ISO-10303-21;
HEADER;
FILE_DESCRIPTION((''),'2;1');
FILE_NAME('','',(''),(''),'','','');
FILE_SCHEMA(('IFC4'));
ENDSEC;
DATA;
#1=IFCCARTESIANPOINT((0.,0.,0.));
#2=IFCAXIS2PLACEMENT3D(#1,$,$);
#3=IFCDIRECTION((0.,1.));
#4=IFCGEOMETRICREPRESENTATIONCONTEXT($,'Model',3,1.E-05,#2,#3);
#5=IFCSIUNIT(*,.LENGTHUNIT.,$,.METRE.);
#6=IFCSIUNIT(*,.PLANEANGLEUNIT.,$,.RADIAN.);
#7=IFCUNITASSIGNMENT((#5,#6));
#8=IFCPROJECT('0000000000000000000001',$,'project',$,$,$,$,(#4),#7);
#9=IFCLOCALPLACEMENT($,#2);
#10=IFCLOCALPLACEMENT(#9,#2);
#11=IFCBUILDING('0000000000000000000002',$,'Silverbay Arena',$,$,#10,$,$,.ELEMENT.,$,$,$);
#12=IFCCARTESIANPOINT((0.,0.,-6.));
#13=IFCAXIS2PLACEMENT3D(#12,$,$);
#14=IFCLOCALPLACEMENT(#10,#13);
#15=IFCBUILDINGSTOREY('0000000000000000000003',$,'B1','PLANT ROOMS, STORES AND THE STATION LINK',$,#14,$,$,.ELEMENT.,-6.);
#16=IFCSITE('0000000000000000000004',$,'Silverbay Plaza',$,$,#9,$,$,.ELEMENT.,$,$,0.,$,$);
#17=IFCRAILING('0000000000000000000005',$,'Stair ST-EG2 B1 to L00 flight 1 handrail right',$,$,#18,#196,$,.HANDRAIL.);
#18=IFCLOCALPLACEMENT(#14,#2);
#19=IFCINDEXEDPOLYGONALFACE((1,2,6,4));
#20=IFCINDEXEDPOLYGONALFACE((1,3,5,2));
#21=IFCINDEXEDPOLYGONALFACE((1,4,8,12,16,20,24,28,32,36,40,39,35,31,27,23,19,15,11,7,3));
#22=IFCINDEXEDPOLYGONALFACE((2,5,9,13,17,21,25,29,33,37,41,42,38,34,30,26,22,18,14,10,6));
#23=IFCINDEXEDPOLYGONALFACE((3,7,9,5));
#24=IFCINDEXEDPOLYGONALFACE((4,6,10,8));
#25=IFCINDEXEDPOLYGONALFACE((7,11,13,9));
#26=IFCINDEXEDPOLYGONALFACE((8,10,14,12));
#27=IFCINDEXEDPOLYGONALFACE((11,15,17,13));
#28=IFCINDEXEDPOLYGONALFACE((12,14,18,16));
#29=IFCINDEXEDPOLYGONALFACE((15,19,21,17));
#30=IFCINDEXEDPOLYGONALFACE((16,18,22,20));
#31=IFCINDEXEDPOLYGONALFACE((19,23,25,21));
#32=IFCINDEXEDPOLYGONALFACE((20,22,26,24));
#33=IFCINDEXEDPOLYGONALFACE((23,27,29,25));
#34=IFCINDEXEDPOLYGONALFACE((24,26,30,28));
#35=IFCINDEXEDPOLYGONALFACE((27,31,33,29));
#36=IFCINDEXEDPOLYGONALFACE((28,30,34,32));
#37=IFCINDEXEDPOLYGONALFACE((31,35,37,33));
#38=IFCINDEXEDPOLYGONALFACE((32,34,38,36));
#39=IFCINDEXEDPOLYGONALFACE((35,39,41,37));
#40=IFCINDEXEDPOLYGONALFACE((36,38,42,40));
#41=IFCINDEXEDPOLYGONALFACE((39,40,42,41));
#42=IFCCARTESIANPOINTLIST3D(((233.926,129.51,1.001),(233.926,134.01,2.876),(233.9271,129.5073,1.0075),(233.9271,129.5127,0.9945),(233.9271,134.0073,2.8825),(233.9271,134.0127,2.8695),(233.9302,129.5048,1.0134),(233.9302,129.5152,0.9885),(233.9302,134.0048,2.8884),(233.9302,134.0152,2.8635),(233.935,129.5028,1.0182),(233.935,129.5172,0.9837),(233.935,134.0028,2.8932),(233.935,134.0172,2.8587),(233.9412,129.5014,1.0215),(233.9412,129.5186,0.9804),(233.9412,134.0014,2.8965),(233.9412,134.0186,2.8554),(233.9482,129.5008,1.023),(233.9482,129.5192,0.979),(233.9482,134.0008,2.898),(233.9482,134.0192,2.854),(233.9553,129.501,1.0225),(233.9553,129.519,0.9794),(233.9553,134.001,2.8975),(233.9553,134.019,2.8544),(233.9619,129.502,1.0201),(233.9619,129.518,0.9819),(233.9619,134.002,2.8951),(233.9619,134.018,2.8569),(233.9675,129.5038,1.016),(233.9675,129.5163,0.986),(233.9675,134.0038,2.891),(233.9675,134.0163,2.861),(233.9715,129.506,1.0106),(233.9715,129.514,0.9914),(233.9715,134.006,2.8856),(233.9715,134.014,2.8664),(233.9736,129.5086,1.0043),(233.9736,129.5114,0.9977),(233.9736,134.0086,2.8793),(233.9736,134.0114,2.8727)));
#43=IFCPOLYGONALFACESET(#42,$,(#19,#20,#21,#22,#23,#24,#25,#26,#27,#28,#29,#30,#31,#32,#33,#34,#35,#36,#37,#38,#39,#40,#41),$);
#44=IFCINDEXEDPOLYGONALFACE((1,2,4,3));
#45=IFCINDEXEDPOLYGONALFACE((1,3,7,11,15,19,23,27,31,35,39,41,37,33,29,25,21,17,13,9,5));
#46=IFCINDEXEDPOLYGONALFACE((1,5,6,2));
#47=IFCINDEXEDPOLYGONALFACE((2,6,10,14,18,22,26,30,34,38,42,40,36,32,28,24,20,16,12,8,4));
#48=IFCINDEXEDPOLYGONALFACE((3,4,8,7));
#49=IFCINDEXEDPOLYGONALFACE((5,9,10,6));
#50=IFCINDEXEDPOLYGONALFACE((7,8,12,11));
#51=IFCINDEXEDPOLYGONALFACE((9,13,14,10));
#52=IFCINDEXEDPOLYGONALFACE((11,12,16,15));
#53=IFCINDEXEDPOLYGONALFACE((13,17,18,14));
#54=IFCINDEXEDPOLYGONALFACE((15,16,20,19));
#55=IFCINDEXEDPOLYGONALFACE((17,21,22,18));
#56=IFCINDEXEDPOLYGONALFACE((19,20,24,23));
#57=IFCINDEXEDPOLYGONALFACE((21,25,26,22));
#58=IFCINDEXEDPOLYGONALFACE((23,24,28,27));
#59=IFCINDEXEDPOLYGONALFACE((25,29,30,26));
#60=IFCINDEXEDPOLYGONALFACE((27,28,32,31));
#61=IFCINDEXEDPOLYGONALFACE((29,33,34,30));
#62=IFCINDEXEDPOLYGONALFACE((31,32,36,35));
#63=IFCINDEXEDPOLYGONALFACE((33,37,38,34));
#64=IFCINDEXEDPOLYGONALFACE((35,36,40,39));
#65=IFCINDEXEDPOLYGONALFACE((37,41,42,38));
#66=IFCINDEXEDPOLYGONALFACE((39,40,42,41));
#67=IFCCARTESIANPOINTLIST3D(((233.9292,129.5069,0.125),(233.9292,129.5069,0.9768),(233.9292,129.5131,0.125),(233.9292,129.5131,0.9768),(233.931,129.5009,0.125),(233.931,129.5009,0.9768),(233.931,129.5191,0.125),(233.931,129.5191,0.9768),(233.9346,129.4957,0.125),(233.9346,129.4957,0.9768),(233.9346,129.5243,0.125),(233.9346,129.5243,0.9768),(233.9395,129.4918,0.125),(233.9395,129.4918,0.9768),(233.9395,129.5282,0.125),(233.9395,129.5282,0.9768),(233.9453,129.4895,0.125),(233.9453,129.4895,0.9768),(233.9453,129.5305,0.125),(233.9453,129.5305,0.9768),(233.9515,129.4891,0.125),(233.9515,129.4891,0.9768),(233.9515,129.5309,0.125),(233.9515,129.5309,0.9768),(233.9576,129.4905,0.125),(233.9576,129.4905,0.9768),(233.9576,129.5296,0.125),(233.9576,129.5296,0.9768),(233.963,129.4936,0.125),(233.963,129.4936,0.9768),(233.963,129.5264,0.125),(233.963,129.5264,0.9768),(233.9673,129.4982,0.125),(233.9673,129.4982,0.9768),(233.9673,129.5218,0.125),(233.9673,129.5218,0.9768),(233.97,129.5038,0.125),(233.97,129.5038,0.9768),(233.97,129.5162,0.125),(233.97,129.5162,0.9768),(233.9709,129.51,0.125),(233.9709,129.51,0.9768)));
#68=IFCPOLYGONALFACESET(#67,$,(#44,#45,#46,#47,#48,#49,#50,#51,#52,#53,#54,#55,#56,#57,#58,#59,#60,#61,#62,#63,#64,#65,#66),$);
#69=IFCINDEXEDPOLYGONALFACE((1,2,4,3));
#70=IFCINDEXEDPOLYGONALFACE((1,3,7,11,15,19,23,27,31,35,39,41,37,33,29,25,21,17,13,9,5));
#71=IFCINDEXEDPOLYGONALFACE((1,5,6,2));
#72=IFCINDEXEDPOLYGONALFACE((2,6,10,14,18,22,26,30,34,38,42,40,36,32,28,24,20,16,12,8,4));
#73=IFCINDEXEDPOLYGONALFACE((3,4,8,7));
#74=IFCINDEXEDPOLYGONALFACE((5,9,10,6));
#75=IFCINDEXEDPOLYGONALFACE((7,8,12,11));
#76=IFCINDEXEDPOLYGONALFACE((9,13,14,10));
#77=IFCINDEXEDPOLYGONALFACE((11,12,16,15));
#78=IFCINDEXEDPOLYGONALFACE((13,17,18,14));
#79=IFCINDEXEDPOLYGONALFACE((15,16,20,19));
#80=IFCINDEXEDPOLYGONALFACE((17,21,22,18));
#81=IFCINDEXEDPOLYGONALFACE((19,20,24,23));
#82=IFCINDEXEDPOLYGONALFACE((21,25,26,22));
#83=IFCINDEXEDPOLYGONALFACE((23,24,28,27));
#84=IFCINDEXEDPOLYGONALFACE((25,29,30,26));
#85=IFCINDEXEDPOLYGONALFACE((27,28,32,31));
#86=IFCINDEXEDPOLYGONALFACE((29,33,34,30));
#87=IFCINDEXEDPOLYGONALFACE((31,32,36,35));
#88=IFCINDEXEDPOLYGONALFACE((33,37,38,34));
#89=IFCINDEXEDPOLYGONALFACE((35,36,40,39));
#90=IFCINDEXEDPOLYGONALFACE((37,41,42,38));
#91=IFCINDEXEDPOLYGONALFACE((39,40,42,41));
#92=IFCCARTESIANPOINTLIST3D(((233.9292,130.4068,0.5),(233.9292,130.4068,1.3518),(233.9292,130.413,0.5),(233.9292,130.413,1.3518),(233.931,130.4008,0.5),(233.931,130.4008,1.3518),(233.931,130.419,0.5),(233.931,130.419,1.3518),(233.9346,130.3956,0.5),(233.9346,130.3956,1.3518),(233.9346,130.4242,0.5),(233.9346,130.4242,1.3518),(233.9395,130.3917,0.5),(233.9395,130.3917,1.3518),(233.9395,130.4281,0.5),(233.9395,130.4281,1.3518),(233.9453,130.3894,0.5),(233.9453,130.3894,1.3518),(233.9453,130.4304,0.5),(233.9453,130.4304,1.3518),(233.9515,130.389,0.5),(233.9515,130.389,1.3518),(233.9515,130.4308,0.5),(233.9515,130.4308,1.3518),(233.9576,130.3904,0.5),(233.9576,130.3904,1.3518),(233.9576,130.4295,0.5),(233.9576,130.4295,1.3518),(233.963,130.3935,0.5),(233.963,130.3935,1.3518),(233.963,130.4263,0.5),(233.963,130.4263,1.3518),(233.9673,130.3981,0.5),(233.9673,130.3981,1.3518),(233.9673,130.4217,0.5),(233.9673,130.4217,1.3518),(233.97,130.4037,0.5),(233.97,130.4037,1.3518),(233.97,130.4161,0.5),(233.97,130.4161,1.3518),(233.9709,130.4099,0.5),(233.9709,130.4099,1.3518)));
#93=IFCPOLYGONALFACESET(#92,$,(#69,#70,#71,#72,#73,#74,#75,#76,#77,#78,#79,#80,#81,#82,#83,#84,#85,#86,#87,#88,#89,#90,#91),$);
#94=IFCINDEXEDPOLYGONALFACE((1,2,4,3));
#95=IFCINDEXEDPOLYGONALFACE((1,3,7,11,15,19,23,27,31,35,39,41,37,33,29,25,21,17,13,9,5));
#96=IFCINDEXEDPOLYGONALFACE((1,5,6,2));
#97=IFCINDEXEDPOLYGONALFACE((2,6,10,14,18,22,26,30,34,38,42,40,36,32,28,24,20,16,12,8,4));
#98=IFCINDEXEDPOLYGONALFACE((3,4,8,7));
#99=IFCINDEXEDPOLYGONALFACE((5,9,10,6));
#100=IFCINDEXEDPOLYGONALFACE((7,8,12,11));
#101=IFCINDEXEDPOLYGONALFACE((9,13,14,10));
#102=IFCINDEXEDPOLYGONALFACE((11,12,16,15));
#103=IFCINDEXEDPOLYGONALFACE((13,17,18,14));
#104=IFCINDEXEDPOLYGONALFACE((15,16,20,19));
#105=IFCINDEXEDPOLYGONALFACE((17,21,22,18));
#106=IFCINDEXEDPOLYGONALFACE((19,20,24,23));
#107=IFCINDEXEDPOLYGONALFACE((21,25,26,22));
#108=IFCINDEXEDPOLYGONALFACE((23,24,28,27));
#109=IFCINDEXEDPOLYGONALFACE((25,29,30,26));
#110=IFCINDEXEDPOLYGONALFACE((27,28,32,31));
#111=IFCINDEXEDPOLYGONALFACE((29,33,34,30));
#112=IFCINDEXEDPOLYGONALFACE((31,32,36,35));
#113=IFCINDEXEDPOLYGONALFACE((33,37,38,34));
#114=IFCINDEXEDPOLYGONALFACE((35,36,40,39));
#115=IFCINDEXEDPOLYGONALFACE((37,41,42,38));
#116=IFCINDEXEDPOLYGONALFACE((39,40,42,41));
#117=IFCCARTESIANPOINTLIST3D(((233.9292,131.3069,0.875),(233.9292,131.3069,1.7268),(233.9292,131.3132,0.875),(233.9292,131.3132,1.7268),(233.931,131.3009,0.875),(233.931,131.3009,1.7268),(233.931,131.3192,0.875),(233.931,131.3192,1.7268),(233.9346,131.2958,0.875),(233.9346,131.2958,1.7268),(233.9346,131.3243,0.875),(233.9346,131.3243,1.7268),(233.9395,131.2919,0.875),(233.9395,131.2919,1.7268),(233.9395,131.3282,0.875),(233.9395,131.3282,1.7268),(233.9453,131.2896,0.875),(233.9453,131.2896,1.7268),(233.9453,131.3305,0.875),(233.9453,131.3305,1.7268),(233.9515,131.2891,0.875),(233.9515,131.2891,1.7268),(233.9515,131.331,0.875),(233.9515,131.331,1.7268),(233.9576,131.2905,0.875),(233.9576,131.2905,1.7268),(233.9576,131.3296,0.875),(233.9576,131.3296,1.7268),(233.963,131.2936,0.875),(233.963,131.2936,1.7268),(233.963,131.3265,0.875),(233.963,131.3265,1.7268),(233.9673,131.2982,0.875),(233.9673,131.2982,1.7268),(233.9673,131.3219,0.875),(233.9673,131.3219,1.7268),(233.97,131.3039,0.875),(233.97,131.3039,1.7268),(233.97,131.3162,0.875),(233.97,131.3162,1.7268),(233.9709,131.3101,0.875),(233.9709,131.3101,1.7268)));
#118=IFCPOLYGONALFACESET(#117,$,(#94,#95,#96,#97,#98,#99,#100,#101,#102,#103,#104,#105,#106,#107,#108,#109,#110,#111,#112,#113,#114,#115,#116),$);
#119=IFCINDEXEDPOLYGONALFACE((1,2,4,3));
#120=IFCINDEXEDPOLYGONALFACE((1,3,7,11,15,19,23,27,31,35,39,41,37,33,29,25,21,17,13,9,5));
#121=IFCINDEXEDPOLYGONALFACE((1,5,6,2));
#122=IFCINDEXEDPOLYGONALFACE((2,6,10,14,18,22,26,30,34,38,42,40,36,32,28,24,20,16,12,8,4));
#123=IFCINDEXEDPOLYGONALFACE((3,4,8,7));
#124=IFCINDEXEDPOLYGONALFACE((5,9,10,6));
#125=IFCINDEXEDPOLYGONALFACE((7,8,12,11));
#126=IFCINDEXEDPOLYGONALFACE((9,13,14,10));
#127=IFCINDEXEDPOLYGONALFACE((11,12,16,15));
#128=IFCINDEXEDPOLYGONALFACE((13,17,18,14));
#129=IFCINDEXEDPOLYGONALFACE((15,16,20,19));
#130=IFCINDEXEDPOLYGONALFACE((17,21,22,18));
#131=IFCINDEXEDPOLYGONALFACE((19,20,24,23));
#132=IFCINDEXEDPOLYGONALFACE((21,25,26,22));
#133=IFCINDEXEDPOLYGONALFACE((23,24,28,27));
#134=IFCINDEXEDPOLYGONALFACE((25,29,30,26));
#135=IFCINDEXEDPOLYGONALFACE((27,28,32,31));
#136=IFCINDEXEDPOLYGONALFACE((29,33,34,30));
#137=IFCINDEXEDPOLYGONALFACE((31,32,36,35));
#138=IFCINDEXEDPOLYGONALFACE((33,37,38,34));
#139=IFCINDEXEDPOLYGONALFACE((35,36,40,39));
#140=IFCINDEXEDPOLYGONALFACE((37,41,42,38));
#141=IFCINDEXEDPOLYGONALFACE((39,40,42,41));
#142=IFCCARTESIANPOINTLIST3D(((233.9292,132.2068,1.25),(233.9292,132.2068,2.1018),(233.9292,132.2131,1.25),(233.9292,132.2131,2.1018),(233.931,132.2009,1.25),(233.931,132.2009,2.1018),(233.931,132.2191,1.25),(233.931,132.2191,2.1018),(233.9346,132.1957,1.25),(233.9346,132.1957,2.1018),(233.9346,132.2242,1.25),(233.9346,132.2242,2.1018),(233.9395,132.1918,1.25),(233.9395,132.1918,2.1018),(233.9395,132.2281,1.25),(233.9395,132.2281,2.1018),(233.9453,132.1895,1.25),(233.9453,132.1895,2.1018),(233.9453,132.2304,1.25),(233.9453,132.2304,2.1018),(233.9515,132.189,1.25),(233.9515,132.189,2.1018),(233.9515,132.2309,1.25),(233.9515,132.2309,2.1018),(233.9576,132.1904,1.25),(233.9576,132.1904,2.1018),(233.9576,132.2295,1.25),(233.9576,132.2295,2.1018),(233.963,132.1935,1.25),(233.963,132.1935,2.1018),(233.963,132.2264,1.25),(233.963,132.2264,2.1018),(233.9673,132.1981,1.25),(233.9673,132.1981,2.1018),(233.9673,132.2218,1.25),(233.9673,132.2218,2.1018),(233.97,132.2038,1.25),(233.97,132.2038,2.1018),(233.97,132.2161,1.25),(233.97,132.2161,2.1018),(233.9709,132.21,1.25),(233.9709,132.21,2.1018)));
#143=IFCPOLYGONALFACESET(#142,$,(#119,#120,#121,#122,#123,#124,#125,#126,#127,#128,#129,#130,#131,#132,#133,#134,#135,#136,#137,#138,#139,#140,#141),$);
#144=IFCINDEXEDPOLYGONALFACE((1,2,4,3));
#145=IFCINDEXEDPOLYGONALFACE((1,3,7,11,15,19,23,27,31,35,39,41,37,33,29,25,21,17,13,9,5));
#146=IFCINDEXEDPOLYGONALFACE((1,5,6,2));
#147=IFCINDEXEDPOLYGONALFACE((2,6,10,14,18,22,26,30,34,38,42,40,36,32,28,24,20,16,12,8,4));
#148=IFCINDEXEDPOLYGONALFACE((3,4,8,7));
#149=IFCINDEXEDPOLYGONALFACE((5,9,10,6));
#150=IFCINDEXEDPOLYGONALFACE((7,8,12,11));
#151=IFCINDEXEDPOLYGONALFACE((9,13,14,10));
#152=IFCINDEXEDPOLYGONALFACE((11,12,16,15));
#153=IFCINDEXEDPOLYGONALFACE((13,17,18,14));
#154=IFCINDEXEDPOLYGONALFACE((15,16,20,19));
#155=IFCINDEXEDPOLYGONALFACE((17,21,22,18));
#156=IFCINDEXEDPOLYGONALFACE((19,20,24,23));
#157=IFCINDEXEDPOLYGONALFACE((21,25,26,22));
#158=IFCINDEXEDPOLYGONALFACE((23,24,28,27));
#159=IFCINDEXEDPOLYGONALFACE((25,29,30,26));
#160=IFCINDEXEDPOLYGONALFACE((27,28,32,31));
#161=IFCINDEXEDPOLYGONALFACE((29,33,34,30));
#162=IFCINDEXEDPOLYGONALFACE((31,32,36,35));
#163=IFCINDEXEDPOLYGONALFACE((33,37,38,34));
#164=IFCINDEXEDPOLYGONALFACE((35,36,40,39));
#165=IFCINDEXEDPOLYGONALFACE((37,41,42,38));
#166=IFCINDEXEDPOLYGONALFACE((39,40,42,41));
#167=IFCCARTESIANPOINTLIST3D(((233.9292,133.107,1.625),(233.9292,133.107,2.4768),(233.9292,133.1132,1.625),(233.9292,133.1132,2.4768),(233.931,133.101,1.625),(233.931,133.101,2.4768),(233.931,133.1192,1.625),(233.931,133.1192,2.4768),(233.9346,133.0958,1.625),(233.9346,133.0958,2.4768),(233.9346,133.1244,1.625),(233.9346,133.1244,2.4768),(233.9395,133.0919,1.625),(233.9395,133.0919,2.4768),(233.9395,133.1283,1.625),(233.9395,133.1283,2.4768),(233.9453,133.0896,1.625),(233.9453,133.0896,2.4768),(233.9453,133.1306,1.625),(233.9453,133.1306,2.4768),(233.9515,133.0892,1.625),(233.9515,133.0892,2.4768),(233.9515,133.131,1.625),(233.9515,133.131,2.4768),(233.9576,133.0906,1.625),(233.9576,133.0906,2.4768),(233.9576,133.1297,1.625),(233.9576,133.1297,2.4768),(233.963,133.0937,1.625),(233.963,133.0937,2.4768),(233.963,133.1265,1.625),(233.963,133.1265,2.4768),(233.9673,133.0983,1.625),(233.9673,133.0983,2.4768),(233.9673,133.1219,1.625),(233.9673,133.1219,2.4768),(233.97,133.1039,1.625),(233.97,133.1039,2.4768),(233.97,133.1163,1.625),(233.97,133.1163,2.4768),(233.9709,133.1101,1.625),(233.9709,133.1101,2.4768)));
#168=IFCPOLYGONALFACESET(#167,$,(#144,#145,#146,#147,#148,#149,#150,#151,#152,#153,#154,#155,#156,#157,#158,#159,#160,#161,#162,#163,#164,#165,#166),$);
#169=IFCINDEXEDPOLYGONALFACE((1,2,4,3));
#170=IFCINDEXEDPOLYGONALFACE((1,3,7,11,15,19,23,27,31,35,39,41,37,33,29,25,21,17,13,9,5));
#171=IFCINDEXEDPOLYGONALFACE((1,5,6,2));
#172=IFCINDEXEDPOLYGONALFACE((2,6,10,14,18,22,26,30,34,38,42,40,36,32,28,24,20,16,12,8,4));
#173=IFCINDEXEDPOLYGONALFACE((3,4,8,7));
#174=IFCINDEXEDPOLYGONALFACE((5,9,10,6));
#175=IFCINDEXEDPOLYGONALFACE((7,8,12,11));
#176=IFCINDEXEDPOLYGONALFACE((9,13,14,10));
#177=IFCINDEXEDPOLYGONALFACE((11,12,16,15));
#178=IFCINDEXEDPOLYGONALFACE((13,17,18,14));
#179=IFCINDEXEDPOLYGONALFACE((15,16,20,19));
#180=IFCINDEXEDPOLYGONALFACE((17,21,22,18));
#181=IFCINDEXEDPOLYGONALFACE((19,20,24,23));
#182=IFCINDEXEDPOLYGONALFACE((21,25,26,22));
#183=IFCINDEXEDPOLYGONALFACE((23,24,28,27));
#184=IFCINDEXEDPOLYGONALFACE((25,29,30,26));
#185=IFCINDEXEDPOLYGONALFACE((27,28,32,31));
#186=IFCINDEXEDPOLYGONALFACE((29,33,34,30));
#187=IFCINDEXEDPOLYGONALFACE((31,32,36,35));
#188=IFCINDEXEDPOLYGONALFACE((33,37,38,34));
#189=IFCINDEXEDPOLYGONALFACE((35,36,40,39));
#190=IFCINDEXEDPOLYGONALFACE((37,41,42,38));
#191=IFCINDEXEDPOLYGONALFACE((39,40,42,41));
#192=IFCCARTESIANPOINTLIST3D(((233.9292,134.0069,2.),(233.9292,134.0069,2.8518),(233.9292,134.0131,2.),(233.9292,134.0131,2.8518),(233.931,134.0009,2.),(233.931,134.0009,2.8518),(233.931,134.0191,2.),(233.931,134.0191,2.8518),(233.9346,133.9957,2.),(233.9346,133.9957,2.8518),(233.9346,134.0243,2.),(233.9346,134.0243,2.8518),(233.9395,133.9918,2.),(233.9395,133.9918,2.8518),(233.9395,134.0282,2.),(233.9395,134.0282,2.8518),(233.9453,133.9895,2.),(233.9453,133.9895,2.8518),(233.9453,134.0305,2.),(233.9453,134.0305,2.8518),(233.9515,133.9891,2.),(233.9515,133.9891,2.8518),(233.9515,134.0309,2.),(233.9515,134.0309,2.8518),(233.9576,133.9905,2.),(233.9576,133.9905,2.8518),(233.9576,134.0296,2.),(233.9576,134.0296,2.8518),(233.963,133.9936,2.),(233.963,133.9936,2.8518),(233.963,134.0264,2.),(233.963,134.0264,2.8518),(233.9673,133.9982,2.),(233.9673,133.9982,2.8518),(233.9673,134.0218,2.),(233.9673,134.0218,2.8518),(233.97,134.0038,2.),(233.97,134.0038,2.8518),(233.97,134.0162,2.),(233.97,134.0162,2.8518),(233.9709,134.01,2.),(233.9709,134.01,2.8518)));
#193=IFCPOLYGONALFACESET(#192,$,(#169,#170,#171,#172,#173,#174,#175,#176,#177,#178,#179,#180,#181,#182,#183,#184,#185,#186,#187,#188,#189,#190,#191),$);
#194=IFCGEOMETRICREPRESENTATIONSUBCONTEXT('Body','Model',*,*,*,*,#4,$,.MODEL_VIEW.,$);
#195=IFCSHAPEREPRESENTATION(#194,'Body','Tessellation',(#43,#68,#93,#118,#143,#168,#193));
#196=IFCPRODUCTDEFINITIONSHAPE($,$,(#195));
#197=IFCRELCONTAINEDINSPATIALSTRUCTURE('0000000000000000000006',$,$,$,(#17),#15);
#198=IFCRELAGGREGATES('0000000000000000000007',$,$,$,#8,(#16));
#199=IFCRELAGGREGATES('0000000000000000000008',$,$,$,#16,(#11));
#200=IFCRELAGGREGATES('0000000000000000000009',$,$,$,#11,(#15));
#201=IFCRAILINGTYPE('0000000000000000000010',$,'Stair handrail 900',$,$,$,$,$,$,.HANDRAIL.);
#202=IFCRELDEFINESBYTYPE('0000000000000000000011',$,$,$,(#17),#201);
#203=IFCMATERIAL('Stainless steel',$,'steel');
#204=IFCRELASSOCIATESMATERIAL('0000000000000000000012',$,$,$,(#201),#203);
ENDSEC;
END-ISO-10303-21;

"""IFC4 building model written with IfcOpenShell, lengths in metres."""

from ifc_helpers import new_model, si_unit, direction, frame, origin, origin_2d, place, context, subcontext, project, spatial, circle, extrude, material, type_object, element, save


model = new_model("IFC4")

# Units and contexts
model_context = context("Model", 3, precision=1e-05, world=origin(), true_north=direction((0.0, 1.0)))
body_context = subcontext(model_context, "Body", "Model", "MODEL_VIEW")
ifc_project = project(units=[si_unit("LENGTHUNIT", "METRE"), si_unit("PLANEANGLEUNIT", "RADIAN")], contexts=[model_context])

# Site, building, storey
site_placement = place(None, origin())
site = spatial("IfcSite", under=ifc_project, at=site_placement, Name="Silverbay Plaza", CompositionType="ELEMENT", RefElevation=0.0)
building_placement = place(site_placement, origin())
building = spatial("IfcBuilding", under=site, at=building_placement, Name="Silverbay Arena", CompositionType="ELEMENT")
storey_placement = place(building_placement, frame((0.0, 0.0, -6.0)))
storey = spatial("IfcBuildingStorey", under=building, at=storey_placement, Name="B1", Description="PLANT ROOMS, STORES AND THE STATION LINK", CompositionType="ELEMENT", Elevation=-6.0)

# Railing
ifc_material_1 = material(Name="Stainless steel", Category="steel")
railing_type_1 = type_object("IfcRailingType", Name="Stair handrail 900", PredefinedType="HANDRAIL", material=ifc_material_1)
for number, where, name in (
    (1, (233.95, 129.51, 0.125), "Stair ST-EG2 B1 to L00 flight 1 handrail right"),
):
    element("IfcRailing", number, at=place(storey_placement, frame(where)), inside=storey, type_object=railing_type_1, Name=name, PredefinedType="HANDRAIL", context=body_context, shape_type="SweptSolid", body=[
        extrude(circle(Radius=0.0239, at=origin_2d()), frame((0.0, 0.0, 0.876), z_axis=(0.0, 0.923077, 0.384615), x_axis=(-1.0, 0.0, 0.0)), (0.0, 0.0, 1.0), 4.875),
        extrude(circle(Radius=0.021, at=origin_2d()), origin(), (0.0, 0.0, 1.0), 0.8518),
        extrude(circle(Radius=0.021, at=origin_2d()), frame((0.0, 0.8999, 0.375)), (0.0, 0.0, 1.0), 0.8518),
        extrude(circle(Radius=0.021, at=origin_2d()), frame((0.0, 1.8, 0.75)), (0.0, 0.0, 1.0), 0.8518),
        extrude(circle(Radius=0.021, at=origin_2d()), frame((0.0, 2.7, 1.125)), (0.0, 0.0, 1.0), 0.8518),
        extrude(circle(Radius=0.021, at=origin_2d()), frame((0.0, 3.6001, 1.5)), (0.0, 0.0, 1.0), 0.8518),
        extrude(circle(Radius=0.021, at=origin_2d()), frame((0.0, 4.5, 1.875)), (0.0, 0.0, 1.0), 0.8518),
    ])

save(model, "model.ifc")
